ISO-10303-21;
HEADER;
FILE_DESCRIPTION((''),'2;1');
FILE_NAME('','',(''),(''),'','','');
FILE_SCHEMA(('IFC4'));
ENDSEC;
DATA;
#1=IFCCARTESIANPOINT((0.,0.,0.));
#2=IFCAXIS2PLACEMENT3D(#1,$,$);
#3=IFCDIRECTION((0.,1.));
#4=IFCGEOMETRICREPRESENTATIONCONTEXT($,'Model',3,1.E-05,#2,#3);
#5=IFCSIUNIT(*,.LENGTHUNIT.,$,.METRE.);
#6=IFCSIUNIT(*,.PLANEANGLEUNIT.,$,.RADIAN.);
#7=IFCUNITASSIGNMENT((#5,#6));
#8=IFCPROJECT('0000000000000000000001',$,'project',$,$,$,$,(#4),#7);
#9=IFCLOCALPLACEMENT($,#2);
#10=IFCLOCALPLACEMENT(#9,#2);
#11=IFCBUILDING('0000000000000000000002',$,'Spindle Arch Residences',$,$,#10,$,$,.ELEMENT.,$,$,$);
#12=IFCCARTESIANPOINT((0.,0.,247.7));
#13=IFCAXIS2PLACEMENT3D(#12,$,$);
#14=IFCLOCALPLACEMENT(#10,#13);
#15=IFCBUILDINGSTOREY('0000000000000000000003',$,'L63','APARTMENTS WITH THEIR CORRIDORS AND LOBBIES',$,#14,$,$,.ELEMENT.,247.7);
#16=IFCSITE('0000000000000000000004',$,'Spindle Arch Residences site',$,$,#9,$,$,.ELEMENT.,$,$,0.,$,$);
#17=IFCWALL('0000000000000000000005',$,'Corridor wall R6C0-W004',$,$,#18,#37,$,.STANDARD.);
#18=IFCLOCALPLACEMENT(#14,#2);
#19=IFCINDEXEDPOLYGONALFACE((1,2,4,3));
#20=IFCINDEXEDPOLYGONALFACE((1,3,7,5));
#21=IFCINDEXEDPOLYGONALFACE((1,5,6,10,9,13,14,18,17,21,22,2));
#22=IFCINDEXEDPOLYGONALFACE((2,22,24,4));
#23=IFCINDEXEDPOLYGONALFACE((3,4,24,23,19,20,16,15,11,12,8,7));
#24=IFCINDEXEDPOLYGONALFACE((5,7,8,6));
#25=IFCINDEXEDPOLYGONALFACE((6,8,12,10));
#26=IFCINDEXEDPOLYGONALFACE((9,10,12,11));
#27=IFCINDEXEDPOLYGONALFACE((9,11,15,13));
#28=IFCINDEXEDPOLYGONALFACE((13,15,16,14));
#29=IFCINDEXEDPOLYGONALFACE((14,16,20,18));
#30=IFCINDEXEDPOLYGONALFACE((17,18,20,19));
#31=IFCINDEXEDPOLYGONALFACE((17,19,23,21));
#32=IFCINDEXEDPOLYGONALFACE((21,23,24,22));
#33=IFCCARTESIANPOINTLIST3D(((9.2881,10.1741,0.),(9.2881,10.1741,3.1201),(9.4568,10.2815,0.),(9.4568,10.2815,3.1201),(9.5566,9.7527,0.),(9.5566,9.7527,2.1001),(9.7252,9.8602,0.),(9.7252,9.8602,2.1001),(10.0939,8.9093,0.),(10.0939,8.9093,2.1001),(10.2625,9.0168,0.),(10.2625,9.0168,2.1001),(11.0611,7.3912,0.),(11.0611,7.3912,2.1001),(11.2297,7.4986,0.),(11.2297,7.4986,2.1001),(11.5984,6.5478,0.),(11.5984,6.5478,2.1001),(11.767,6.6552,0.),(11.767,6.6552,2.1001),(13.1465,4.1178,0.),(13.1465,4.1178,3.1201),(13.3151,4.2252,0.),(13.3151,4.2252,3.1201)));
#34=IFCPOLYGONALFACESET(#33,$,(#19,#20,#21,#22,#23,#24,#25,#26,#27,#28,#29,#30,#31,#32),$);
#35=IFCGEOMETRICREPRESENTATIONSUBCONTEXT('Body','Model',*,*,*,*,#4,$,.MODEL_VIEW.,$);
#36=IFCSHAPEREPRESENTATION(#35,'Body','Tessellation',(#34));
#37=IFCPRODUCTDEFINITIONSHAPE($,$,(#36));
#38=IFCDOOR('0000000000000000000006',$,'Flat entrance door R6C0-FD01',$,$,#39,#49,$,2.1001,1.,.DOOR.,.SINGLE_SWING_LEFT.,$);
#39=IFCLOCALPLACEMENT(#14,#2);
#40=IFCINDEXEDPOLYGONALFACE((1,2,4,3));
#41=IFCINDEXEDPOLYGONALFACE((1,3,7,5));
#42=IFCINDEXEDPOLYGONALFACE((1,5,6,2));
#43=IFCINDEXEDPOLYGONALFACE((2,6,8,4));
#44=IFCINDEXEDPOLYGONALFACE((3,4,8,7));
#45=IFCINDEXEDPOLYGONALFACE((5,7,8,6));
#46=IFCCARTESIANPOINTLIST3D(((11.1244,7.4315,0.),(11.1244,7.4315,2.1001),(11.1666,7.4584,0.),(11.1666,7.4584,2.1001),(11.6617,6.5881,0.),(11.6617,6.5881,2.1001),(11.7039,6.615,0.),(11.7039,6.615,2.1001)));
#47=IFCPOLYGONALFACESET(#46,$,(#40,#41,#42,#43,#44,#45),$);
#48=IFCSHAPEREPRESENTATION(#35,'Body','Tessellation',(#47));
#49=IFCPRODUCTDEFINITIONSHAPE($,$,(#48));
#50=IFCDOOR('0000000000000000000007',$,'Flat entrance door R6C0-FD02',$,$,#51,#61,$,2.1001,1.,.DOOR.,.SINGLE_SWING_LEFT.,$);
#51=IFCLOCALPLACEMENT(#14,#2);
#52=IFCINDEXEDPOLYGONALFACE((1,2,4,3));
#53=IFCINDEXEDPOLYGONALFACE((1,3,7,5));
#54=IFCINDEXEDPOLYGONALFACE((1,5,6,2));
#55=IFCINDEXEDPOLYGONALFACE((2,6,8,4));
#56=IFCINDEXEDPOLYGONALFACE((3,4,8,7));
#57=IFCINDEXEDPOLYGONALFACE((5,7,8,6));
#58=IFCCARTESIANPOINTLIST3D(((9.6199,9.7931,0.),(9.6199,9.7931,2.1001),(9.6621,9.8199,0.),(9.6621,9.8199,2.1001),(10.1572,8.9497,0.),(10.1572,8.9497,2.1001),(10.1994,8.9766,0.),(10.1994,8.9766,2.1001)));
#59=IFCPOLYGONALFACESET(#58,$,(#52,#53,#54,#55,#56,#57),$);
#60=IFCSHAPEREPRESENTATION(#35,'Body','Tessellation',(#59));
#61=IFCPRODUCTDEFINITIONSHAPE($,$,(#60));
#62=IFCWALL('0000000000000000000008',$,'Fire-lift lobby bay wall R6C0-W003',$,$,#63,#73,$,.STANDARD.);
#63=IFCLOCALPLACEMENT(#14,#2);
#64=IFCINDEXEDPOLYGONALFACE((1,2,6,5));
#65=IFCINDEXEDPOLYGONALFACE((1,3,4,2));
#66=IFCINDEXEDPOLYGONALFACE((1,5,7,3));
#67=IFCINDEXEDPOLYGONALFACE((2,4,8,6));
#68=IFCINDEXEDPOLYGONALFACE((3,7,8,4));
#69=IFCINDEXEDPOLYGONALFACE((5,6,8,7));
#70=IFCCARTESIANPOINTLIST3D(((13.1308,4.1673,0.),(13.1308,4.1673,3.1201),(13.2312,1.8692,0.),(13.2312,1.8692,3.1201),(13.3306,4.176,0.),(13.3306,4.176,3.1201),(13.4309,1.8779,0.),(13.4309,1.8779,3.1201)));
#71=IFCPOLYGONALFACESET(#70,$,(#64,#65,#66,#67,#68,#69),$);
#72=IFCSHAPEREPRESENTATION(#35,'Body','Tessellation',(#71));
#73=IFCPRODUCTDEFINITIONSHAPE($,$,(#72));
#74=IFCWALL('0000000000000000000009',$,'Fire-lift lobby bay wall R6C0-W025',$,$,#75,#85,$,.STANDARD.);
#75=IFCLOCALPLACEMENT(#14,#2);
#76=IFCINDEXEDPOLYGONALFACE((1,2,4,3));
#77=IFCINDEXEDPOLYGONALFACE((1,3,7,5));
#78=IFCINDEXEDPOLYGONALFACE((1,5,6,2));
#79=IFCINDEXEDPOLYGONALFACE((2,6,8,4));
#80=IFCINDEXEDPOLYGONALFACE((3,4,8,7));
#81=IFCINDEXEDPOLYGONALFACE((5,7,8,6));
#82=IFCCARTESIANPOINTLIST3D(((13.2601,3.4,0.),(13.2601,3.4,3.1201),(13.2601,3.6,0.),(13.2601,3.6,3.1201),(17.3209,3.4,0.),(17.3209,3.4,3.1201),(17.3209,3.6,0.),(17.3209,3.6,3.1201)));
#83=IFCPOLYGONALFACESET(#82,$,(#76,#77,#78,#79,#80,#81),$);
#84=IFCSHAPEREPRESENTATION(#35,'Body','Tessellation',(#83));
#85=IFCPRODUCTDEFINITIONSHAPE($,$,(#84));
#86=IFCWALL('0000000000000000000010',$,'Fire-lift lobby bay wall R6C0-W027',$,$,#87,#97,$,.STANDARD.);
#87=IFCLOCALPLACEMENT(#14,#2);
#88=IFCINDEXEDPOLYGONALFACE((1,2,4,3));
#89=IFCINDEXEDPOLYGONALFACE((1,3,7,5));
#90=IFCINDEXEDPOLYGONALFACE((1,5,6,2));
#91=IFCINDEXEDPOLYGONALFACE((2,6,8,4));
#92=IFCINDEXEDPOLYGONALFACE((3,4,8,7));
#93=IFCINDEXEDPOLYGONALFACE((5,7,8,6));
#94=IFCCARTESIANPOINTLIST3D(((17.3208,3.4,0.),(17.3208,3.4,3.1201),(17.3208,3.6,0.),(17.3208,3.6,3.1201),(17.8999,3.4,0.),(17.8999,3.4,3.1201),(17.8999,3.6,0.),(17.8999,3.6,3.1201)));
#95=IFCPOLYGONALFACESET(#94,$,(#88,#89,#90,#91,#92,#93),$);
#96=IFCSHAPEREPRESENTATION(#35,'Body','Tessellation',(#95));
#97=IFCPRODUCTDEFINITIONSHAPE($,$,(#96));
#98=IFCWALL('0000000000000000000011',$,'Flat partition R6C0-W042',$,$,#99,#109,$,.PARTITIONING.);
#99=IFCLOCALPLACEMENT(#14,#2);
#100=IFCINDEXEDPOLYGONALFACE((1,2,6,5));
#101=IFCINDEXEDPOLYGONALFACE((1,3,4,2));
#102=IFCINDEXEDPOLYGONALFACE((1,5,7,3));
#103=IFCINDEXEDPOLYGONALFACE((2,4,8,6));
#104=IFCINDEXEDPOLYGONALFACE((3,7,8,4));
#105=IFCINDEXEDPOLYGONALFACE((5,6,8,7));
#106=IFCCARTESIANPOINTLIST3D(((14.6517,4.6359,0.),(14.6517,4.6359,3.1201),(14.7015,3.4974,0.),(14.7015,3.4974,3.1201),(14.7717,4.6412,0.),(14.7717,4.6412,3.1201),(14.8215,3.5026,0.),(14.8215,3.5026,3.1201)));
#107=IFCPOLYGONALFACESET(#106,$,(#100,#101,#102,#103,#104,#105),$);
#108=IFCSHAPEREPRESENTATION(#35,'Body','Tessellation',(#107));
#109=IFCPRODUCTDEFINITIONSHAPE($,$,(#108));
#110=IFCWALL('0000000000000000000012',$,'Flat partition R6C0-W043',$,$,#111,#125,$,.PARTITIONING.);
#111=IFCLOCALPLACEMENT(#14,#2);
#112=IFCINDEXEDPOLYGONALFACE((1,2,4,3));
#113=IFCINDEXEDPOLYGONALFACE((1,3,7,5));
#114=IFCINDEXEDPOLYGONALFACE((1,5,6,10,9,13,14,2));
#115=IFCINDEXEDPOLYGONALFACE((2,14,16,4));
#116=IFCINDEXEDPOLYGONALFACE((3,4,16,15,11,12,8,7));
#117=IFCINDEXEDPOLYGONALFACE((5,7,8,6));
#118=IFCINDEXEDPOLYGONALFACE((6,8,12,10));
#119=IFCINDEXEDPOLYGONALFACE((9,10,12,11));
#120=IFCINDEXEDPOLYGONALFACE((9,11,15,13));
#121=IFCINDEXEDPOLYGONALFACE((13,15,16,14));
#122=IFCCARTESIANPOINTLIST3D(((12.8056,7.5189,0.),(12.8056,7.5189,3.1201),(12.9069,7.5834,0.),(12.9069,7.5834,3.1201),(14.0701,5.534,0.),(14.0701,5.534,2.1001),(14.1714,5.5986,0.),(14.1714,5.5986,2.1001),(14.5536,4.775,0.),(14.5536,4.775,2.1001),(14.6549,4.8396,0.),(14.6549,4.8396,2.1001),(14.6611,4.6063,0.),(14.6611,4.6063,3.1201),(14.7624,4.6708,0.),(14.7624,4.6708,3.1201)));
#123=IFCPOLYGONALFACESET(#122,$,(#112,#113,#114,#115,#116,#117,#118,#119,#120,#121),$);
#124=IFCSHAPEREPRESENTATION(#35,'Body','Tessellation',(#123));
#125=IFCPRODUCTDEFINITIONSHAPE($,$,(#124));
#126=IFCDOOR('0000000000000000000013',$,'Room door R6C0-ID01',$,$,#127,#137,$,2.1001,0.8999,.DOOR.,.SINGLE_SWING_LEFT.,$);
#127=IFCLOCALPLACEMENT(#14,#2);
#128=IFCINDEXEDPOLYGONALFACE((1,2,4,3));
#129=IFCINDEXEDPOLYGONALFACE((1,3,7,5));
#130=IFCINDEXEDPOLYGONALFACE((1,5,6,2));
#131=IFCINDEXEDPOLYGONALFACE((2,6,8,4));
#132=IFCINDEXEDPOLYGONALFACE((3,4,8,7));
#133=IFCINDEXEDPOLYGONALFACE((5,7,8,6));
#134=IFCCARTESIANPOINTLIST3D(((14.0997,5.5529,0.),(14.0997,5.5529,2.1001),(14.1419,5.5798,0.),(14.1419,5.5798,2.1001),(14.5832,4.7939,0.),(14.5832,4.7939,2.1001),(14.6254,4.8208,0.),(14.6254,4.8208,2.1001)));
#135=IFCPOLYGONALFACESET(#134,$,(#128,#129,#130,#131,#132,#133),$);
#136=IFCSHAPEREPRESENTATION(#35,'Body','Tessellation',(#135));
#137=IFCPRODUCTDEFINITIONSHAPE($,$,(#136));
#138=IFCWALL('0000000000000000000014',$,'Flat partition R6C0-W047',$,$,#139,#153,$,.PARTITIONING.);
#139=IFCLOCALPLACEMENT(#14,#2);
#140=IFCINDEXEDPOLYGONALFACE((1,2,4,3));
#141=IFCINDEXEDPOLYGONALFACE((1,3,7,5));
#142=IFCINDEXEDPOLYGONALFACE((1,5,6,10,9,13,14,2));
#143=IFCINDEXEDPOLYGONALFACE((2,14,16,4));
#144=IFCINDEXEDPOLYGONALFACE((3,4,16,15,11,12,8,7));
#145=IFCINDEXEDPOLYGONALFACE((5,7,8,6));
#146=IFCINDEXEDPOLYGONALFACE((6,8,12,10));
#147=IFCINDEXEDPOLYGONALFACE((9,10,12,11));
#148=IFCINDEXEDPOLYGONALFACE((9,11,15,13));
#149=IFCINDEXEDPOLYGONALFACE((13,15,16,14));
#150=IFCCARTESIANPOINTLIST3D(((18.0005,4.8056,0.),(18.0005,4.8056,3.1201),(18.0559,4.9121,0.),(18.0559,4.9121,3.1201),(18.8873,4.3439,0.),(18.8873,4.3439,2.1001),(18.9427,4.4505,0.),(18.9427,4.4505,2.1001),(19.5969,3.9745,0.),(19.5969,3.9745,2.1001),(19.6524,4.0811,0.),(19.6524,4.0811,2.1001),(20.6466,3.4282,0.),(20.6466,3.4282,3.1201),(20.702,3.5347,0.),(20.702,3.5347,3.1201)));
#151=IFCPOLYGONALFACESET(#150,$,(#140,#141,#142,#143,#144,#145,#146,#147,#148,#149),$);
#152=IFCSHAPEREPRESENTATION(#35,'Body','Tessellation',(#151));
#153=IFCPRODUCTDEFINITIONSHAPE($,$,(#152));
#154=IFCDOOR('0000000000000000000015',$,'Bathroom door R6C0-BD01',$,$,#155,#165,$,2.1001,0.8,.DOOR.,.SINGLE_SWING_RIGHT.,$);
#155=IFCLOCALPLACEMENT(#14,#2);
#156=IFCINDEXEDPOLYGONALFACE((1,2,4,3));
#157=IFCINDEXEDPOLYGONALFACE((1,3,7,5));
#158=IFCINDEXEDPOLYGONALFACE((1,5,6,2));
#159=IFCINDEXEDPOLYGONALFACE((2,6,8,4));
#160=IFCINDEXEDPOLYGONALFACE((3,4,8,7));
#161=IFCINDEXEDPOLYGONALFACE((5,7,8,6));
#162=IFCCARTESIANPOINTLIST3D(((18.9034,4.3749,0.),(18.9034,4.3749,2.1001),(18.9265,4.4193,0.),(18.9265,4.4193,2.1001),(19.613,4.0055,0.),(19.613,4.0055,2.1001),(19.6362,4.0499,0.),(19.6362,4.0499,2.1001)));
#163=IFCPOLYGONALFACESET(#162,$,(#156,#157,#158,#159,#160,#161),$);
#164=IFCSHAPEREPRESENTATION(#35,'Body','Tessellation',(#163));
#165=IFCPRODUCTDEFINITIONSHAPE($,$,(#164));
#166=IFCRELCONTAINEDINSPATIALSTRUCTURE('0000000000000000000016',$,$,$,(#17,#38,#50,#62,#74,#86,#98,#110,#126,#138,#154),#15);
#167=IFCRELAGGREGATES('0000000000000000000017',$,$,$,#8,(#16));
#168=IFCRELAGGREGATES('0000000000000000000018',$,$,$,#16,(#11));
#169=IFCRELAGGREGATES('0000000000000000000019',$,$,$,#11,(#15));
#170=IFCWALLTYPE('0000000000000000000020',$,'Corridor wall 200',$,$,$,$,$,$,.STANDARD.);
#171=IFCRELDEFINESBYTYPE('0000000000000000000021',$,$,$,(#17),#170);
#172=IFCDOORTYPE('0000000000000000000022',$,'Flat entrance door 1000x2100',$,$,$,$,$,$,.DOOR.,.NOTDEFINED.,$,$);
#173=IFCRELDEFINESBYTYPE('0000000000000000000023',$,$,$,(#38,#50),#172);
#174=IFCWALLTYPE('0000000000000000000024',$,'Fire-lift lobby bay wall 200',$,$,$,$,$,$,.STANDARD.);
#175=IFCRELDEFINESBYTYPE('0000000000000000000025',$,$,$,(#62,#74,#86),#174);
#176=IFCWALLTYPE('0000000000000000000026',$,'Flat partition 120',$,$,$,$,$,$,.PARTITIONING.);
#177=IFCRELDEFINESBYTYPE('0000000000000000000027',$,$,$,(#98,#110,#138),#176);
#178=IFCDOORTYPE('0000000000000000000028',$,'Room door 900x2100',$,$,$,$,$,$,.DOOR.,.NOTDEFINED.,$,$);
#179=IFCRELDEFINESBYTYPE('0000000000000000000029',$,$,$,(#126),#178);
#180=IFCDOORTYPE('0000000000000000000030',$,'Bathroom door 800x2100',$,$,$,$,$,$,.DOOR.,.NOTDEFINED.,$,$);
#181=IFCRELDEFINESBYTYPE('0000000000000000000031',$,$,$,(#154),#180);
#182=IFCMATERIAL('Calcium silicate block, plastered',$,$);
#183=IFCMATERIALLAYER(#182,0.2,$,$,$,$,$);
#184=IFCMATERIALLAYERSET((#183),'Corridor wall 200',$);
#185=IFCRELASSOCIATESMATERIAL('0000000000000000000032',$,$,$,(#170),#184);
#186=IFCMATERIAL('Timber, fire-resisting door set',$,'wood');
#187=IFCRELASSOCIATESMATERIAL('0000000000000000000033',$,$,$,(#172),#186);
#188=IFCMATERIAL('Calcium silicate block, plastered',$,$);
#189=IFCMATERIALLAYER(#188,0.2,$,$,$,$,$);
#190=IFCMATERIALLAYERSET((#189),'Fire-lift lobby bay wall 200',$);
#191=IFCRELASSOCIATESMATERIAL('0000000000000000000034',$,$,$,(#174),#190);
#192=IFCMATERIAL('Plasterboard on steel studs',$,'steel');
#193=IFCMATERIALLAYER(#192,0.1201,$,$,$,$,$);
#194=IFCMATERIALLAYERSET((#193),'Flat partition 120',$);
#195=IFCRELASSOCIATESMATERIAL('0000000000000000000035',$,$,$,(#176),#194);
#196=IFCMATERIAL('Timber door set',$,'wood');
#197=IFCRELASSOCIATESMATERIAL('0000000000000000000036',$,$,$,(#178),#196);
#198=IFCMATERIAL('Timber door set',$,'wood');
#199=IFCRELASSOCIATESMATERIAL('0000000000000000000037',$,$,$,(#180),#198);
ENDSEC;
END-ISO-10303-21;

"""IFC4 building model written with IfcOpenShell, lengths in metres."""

from ifc_helpers import new_model, si_unit, direction, frame, frame_2d, origin, place, context, subcontext, project, spatial, rectangle, extrude, material, layer, layer_set, type_object, element, fill, save


model = new_model("IFC4")

# Units and contexts
model_context = context("Model", 3, precision=1e-05, world=origin(), true_north=direction((0.0, 1.0)))
body_context = subcontext(model_context, "Body", "Model", "MODEL_VIEW")
ifc_project = project(units=[si_unit("LENGTHUNIT", "METRE"), si_unit("PLANEANGLEUNIT", "RADIAN")], contexts=[model_context])

# Site, building, storey
site_placement = place(None, origin())
site = spatial("IfcSite", under=ifc_project, at=site_placement, Name="Spindle Arch Residences site", CompositionType="ELEMENT", RefElevation=0.0)
building_placement = place(site_placement, origin())
building = spatial("IfcBuilding", under=site, at=building_placement, Name="Spindle Arch Residences", CompositionType="ELEMENT")
storey_placement = place(building_placement, frame((0.0, 0.0, 247.7)))
storey = spatial("IfcBuildingStorey", under=building, at=storey_placement, Name="L63", Description="APARTMENTS WITH THEIR CORRIDORS AND LOBBIES", CompositionType="ELEMENT", Elevation=247.7)

# Wall, openings, doors
ifc_material_1 = material(Name="Calcium silicate block, plastered")
ifc_layer_1 = layer(ifc_material_1, 0.2)
ifc_layer_set_1 = layer_set([ifc_layer_1], Name="Corridor wall 200")
wall_type_1 = type_object("IfcWallType", Name="Corridor wall 200", PredefinedType="STANDARD", material=ifc_layer_set_1)
wall_1_placement = place(storey_placement, frame((13.2307, 4.1716, 0.0), z_axis=(0.0, 0.0, 1.0), x_axis=(-0.537304, 0.843388, 0.0)))
wall_1 = element("IfcWall", 1, at=wall_1_placement, inside=storey, type_object=wall_type_1, Name="Corridor wall R6C0-W004", PredefinedType="STANDARD", context=body_context, shape_type="SweptSolid", body=[
    extrude(rectangle(XDim=7.1809, YDim=0.2, at=frame_2d((3.5903, 0.0))), origin(), (0.0, 0.0, 1.0), 3.1201),
])
opening_1_placement = place(wall_1_placement, frame((2.8811, 0.0, 0.0)))
opening_1 = element("IfcOpeningElement", 2, at=opening_1_placement, cuts=wall_1, PredefinedType="OPENING", context=body_context, shape_type="SweptSolid", body=[
    extrude(rectangle(XDim=1.0, YDim=2.1001, at=frame_2d((0.5, 1.05))), frame((0.0, 0.1099, 0.0), z_axis=(0.0, -1.0, 0.0), x_axis=(1.0, 0.0, 0.0)), (0.0, 0.0, 1.0), 0.22),
])
opening_2_placement = place(wall_1_placement, frame((5.6812, 0.0, 0.0)))
opening_2 = element("IfcOpeningElement", 3, at=opening_2_placement, cuts=wall_1, PredefinedType="OPENING", context=body_context, shape_type="SweptSolid", body=[
    extrude(rectangle(XDim=1.0, YDim=2.1001, at=frame_2d((0.5, 1.05))), frame((0.0, 0.1099, 0.0), z_axis=(0.0, -1.0, 0.0), x_axis=(1.0, 0.0, 0.0)), (0.0, 0.0, 1.0), 0.22),
])
ifc_material_2 = material(Name="Timber, fire-resisting door set", Category="wood")
door_type_1 = type_object("IfcDoorType", Name="Flat entrance door 1000x2100", OperationType="NOTDEFINED", PredefinedType="DOOR", material=ifc_material_2)
door_1_placement = place(opening_1_placement, origin())
door_1 = element("IfcDoor", 4, at=door_1_placement, inside=storey, type_object=door_type_1, Name="Flat entrance door R6C0-FD01", OperationType="SINGLE_SWING_LEFT", OverallHeight=2.1001, OverallWidth=1.0, PredefinedType="DOOR", context=body_context, shape_type="SweptSolid", body=[
    extrude(rectangle(XDim=1.0, YDim=2.1001, at=frame_2d((0.5, 1.05))), frame((0.0, 0.0249, 0.0), z_axis=(0.0, -1.0, 0.0), x_axis=(1.0, 0.0, 0.0)), (0.0, 0.0, 1.0), 0.05),
])
fill(opening_1, door_1)
door_2_placement = place(opening_2_placement, origin())
door_2 = element("IfcDoor", 5, at=door_2_placement, inside=storey, type_object=door_type_1, Name="Flat entrance door R6C0-FD02", OperationType="SINGLE_SWING_LEFT", OverallHeight=2.1001, OverallWidth=1.0, PredefinedType="DOOR", context=body_context, shape_type="SweptSolid", body=[
    extrude(rectangle(XDim=1.0, YDim=2.1001, at=frame_2d((0.5, 1.05))), frame((0.0, 0.0249, 0.0), z_axis=(0.0, -1.0, 0.0), x_axis=(1.0, 0.0, 0.0)), (0.0, 0.0, 1.0), 0.05),
])
fill(opening_2, door_2)

# Walls
ifc_material_3 = material(Name="Calcium silicate block, plastered")
ifc_layer_2 = layer(ifc_material_3, 0.2)
ifc_layer_set_2 = layer_set([ifc_layer_2], Name="Fire-lift lobby bay wall 200")
wall_type_2 = type_object("IfcWallType", Name="Fire-lift lobby bay wall 200", PredefinedType="STANDARD", material=ifc_layer_set_2)
wall_2_placement = place(storey_placement, frame((13.3311, 1.8735, 0.0), z_axis=(0.0, 0.0, 1.0), x_axis=(-0.043621, 0.999048, 0.0)))
element("IfcWall", 6, at=wall_2_placement, inside=storey, type_object=wall_type_2, Name="Fire-lift lobby bay wall R6C0-W003", PredefinedType="STANDARD", context=body_context, shape_type="SweptSolid", body=[
    extrude(rectangle(XDim=2.3003, YDim=0.2, at=frame_2d((1.1501, 0.0))), origin(), (0.0, 0.0, 1.0), 3.1201),
])
wall_3_placement = place(storey_placement, frame((17.3208, 3.5, 0.0), z_axis=(0.0, 0.0, 1.0), x_axis=(-1.0, 0.0, 0.0)))
element("IfcWall", 7, at=wall_3_placement, inside=storey, type_object=wall_type_2, Name="Fire-lift lobby bay wall R6C0-W025", PredefinedType="STANDARD", context=body_context, shape_type="SweptSolid", body=[
    extrude(rectangle(XDim=4.0608, YDim=0.2, at=frame_2d((2.0303, 0.0))), origin(), (0.0, 0.0, 1.0), 3.1201),
])
wall_4_placement = place(storey_placement, frame((17.8999, 3.5, 0.0), z_axis=(0.0, 0.0, 1.0), x_axis=(-1.0, 0.0, 0.0)))
element("IfcWall", 8, at=wall_4_placement, inside=storey, type_object=wall_type_2, Name="Fire-lift lobby bay wall R6C0-W027", PredefinedType="STANDARD", context=body_context, shape_type="SweptSolid", body=[
    extrude(rectangle(XDim=0.5791, YDim=0.2, at=frame_2d((0.2896, 0.0))), origin(), (0.0, 0.0, 1.0), 3.1201),
])
ifc_material_4 = material(Name="Plasterboard on steel studs", Category="steel")
ifc_layer_3 = layer(ifc_material_4, 0.1201)
ifc_layer_set_3 = layer_set([ifc_layer_3], Name="Flat partition 120")
wall_type_3 = type_object("IfcWallType", Name="Flat partition 120", PredefinedType="PARTITIONING", material=ifc_layer_set_3)
wall_5_placement = place(storey_placement, frame((14.7615, 3.5, 0.0), z_axis=(0.0, 0.0, 1.0), x_axis=(-0.043698, 0.999045, 0.0)))
element("IfcWall", 9, at=wall_5_placement, inside=storey, type_object=wall_type_3, Name="Flat partition R6C0-W042", PredefinedType="PARTITIONING", context=body_context, shape_type="SweptSolid", body=[
    extrude(rectangle(XDim=1.1396, YDim=0.1201, at=frame_2d((0.5698, 0.0))), origin(), (0.0, 0.0, 1.0), 3.1201),
])

# Walls, openings, doors
wall_6_placement = place(storey_placement, frame((14.7117, 4.6387, 0.0), z_axis=(0.0, 0.0, 1.0), x_axis=(-0.537287, 0.843399, 0.0)))
wall_6 = element("IfcWall", 10, at=wall_6_placement, inside=storey, type_object=wall_type_3, Name="Flat partition R6C0-W043", PredefinedType="PARTITIONING", context=body_context, shape_type="SweptSolid", body=[
    extrude(rectangle(XDim=3.4534, YDim=0.1201, at=frame_2d((1.7266, 0.0))), origin(), (0.0, 0.0, 1.0), 3.1201),
])
opening_3_placement = place(wall_6_placement, frame((0.2, 0.0, 0.0)))
opening_3 = element("IfcOpeningElement", 11, at=opening_3_placement, cuts=wall_6, PredefinedType="OPENING", context=body_context, shape_type="SweptSolid", body=[
    extrude(rectangle(XDim=0.8999, YDim=2.1001, at=frame_2d((0.45, 1.05))), frame((0.0, 0.0701, 0.0), z_axis=(0.0, -1.0, 0.0), x_axis=(1.0, 0.0, 0.0)), (0.0, 0.0, 1.0), 0.1401),
])
ifc_material_5 = material(Name="Timber door set", Category="wood")
door_type_2 = type_object("IfcDoorType", Name="Room door 900x2100", OperationType="NOTDEFINED", PredefinedType="DOOR", material=ifc_material_5)
door_3_placement = place(opening_3_placement, origin())
door_3 = element("IfcDoor", 12, at=door_3_placement, inside=storey, type_object=door_type_2, Name="Room door R6C0-ID01", OperationType="SINGLE_SWING_LEFT", OverallHeight=2.1001, OverallWidth=0.8999, PredefinedType="DOOR", context=body_context, shape_type="SweptSolid", body=[
    extrude(rectangle(XDim=0.8999, YDim=2.1001, at=frame_2d((0.45, 1.05))), frame((0.0, 0.0249, 0.0), z_axis=(0.0, -1.0, 0.0), x_axis=(1.0, 0.0, 0.0)), (0.0, 0.0, 1.0), 0.05),
])
fill(opening_3, door_3)
wall_7_placement = place(storey_placement, frame((18.0281, 4.8589, 0.0), z_axis=(0.0, 0.0, 1.0), x_axis=(0.887025, -0.461721, 0.0)))
wall_7 = element("IfcWall", 13, at=wall_7_placement, inside=storey, type_object=wall_type_3, Name="Flat partition R6C0-W047", PredefinedType="PARTITIONING", context=body_context, shape_type="SweptSolid", body=[
    extrude(rectangle(XDim=2.9832, YDim=0.1201, at=frame_2d((1.4917, 0.0))), origin(), (0.0, 0.0, 1.0), 3.1201),
])
opening_4_placement = place(wall_7_placement, frame((1.0, 0.0, 0.0)))
opening_4 = element("IfcOpeningElement", 14, at=opening_4_placement, cuts=wall_7, PredefinedType="OPENING", context=body_context, shape_type="SweptSolid", body=[
    extrude(rectangle(XDim=0.8, YDim=2.1001, at=frame_2d((0.3999, 1.05))), frame((0.0, 0.0701, 0.0), z_axis=(0.0, -1.0, 0.0), x_axis=(1.0, 0.0, 0.0)), (0.0, 0.0, 1.0), 0.1401),
])
ifc_material_6 = material(Name="Timber door set", Category="wood")
door_type_3 = type_object("IfcDoorType", Name="Bathroom door 800x2100", OperationType="NOTDEFINED", PredefinedType="DOOR", material=ifc_material_6)
door_4_placement = place(opening_4_placement, origin())
door_4 = element("IfcDoor", 15, at=door_4_placement, inside=storey, type_object=door_type_3, Name="Bathroom door R6C0-BD01", OperationType="SINGLE_SWING_RIGHT", OverallHeight=2.1001, OverallWidth=0.8, PredefinedType="DOOR", context=body_context, shape_type="SweptSolid", body=[
    extrude(rectangle(XDim=0.8, YDim=2.1001, at=frame_2d((0.3999, 1.05))), frame((0.0, 0.0249, 0.0), z_axis=(0.0, -1.0, 0.0), x_axis=(1.0, 0.0, 0.0)), (0.0, 0.0, 1.0), 0.05),
])
fill(opening_4, door_4)

save(model, "model.ifc")
